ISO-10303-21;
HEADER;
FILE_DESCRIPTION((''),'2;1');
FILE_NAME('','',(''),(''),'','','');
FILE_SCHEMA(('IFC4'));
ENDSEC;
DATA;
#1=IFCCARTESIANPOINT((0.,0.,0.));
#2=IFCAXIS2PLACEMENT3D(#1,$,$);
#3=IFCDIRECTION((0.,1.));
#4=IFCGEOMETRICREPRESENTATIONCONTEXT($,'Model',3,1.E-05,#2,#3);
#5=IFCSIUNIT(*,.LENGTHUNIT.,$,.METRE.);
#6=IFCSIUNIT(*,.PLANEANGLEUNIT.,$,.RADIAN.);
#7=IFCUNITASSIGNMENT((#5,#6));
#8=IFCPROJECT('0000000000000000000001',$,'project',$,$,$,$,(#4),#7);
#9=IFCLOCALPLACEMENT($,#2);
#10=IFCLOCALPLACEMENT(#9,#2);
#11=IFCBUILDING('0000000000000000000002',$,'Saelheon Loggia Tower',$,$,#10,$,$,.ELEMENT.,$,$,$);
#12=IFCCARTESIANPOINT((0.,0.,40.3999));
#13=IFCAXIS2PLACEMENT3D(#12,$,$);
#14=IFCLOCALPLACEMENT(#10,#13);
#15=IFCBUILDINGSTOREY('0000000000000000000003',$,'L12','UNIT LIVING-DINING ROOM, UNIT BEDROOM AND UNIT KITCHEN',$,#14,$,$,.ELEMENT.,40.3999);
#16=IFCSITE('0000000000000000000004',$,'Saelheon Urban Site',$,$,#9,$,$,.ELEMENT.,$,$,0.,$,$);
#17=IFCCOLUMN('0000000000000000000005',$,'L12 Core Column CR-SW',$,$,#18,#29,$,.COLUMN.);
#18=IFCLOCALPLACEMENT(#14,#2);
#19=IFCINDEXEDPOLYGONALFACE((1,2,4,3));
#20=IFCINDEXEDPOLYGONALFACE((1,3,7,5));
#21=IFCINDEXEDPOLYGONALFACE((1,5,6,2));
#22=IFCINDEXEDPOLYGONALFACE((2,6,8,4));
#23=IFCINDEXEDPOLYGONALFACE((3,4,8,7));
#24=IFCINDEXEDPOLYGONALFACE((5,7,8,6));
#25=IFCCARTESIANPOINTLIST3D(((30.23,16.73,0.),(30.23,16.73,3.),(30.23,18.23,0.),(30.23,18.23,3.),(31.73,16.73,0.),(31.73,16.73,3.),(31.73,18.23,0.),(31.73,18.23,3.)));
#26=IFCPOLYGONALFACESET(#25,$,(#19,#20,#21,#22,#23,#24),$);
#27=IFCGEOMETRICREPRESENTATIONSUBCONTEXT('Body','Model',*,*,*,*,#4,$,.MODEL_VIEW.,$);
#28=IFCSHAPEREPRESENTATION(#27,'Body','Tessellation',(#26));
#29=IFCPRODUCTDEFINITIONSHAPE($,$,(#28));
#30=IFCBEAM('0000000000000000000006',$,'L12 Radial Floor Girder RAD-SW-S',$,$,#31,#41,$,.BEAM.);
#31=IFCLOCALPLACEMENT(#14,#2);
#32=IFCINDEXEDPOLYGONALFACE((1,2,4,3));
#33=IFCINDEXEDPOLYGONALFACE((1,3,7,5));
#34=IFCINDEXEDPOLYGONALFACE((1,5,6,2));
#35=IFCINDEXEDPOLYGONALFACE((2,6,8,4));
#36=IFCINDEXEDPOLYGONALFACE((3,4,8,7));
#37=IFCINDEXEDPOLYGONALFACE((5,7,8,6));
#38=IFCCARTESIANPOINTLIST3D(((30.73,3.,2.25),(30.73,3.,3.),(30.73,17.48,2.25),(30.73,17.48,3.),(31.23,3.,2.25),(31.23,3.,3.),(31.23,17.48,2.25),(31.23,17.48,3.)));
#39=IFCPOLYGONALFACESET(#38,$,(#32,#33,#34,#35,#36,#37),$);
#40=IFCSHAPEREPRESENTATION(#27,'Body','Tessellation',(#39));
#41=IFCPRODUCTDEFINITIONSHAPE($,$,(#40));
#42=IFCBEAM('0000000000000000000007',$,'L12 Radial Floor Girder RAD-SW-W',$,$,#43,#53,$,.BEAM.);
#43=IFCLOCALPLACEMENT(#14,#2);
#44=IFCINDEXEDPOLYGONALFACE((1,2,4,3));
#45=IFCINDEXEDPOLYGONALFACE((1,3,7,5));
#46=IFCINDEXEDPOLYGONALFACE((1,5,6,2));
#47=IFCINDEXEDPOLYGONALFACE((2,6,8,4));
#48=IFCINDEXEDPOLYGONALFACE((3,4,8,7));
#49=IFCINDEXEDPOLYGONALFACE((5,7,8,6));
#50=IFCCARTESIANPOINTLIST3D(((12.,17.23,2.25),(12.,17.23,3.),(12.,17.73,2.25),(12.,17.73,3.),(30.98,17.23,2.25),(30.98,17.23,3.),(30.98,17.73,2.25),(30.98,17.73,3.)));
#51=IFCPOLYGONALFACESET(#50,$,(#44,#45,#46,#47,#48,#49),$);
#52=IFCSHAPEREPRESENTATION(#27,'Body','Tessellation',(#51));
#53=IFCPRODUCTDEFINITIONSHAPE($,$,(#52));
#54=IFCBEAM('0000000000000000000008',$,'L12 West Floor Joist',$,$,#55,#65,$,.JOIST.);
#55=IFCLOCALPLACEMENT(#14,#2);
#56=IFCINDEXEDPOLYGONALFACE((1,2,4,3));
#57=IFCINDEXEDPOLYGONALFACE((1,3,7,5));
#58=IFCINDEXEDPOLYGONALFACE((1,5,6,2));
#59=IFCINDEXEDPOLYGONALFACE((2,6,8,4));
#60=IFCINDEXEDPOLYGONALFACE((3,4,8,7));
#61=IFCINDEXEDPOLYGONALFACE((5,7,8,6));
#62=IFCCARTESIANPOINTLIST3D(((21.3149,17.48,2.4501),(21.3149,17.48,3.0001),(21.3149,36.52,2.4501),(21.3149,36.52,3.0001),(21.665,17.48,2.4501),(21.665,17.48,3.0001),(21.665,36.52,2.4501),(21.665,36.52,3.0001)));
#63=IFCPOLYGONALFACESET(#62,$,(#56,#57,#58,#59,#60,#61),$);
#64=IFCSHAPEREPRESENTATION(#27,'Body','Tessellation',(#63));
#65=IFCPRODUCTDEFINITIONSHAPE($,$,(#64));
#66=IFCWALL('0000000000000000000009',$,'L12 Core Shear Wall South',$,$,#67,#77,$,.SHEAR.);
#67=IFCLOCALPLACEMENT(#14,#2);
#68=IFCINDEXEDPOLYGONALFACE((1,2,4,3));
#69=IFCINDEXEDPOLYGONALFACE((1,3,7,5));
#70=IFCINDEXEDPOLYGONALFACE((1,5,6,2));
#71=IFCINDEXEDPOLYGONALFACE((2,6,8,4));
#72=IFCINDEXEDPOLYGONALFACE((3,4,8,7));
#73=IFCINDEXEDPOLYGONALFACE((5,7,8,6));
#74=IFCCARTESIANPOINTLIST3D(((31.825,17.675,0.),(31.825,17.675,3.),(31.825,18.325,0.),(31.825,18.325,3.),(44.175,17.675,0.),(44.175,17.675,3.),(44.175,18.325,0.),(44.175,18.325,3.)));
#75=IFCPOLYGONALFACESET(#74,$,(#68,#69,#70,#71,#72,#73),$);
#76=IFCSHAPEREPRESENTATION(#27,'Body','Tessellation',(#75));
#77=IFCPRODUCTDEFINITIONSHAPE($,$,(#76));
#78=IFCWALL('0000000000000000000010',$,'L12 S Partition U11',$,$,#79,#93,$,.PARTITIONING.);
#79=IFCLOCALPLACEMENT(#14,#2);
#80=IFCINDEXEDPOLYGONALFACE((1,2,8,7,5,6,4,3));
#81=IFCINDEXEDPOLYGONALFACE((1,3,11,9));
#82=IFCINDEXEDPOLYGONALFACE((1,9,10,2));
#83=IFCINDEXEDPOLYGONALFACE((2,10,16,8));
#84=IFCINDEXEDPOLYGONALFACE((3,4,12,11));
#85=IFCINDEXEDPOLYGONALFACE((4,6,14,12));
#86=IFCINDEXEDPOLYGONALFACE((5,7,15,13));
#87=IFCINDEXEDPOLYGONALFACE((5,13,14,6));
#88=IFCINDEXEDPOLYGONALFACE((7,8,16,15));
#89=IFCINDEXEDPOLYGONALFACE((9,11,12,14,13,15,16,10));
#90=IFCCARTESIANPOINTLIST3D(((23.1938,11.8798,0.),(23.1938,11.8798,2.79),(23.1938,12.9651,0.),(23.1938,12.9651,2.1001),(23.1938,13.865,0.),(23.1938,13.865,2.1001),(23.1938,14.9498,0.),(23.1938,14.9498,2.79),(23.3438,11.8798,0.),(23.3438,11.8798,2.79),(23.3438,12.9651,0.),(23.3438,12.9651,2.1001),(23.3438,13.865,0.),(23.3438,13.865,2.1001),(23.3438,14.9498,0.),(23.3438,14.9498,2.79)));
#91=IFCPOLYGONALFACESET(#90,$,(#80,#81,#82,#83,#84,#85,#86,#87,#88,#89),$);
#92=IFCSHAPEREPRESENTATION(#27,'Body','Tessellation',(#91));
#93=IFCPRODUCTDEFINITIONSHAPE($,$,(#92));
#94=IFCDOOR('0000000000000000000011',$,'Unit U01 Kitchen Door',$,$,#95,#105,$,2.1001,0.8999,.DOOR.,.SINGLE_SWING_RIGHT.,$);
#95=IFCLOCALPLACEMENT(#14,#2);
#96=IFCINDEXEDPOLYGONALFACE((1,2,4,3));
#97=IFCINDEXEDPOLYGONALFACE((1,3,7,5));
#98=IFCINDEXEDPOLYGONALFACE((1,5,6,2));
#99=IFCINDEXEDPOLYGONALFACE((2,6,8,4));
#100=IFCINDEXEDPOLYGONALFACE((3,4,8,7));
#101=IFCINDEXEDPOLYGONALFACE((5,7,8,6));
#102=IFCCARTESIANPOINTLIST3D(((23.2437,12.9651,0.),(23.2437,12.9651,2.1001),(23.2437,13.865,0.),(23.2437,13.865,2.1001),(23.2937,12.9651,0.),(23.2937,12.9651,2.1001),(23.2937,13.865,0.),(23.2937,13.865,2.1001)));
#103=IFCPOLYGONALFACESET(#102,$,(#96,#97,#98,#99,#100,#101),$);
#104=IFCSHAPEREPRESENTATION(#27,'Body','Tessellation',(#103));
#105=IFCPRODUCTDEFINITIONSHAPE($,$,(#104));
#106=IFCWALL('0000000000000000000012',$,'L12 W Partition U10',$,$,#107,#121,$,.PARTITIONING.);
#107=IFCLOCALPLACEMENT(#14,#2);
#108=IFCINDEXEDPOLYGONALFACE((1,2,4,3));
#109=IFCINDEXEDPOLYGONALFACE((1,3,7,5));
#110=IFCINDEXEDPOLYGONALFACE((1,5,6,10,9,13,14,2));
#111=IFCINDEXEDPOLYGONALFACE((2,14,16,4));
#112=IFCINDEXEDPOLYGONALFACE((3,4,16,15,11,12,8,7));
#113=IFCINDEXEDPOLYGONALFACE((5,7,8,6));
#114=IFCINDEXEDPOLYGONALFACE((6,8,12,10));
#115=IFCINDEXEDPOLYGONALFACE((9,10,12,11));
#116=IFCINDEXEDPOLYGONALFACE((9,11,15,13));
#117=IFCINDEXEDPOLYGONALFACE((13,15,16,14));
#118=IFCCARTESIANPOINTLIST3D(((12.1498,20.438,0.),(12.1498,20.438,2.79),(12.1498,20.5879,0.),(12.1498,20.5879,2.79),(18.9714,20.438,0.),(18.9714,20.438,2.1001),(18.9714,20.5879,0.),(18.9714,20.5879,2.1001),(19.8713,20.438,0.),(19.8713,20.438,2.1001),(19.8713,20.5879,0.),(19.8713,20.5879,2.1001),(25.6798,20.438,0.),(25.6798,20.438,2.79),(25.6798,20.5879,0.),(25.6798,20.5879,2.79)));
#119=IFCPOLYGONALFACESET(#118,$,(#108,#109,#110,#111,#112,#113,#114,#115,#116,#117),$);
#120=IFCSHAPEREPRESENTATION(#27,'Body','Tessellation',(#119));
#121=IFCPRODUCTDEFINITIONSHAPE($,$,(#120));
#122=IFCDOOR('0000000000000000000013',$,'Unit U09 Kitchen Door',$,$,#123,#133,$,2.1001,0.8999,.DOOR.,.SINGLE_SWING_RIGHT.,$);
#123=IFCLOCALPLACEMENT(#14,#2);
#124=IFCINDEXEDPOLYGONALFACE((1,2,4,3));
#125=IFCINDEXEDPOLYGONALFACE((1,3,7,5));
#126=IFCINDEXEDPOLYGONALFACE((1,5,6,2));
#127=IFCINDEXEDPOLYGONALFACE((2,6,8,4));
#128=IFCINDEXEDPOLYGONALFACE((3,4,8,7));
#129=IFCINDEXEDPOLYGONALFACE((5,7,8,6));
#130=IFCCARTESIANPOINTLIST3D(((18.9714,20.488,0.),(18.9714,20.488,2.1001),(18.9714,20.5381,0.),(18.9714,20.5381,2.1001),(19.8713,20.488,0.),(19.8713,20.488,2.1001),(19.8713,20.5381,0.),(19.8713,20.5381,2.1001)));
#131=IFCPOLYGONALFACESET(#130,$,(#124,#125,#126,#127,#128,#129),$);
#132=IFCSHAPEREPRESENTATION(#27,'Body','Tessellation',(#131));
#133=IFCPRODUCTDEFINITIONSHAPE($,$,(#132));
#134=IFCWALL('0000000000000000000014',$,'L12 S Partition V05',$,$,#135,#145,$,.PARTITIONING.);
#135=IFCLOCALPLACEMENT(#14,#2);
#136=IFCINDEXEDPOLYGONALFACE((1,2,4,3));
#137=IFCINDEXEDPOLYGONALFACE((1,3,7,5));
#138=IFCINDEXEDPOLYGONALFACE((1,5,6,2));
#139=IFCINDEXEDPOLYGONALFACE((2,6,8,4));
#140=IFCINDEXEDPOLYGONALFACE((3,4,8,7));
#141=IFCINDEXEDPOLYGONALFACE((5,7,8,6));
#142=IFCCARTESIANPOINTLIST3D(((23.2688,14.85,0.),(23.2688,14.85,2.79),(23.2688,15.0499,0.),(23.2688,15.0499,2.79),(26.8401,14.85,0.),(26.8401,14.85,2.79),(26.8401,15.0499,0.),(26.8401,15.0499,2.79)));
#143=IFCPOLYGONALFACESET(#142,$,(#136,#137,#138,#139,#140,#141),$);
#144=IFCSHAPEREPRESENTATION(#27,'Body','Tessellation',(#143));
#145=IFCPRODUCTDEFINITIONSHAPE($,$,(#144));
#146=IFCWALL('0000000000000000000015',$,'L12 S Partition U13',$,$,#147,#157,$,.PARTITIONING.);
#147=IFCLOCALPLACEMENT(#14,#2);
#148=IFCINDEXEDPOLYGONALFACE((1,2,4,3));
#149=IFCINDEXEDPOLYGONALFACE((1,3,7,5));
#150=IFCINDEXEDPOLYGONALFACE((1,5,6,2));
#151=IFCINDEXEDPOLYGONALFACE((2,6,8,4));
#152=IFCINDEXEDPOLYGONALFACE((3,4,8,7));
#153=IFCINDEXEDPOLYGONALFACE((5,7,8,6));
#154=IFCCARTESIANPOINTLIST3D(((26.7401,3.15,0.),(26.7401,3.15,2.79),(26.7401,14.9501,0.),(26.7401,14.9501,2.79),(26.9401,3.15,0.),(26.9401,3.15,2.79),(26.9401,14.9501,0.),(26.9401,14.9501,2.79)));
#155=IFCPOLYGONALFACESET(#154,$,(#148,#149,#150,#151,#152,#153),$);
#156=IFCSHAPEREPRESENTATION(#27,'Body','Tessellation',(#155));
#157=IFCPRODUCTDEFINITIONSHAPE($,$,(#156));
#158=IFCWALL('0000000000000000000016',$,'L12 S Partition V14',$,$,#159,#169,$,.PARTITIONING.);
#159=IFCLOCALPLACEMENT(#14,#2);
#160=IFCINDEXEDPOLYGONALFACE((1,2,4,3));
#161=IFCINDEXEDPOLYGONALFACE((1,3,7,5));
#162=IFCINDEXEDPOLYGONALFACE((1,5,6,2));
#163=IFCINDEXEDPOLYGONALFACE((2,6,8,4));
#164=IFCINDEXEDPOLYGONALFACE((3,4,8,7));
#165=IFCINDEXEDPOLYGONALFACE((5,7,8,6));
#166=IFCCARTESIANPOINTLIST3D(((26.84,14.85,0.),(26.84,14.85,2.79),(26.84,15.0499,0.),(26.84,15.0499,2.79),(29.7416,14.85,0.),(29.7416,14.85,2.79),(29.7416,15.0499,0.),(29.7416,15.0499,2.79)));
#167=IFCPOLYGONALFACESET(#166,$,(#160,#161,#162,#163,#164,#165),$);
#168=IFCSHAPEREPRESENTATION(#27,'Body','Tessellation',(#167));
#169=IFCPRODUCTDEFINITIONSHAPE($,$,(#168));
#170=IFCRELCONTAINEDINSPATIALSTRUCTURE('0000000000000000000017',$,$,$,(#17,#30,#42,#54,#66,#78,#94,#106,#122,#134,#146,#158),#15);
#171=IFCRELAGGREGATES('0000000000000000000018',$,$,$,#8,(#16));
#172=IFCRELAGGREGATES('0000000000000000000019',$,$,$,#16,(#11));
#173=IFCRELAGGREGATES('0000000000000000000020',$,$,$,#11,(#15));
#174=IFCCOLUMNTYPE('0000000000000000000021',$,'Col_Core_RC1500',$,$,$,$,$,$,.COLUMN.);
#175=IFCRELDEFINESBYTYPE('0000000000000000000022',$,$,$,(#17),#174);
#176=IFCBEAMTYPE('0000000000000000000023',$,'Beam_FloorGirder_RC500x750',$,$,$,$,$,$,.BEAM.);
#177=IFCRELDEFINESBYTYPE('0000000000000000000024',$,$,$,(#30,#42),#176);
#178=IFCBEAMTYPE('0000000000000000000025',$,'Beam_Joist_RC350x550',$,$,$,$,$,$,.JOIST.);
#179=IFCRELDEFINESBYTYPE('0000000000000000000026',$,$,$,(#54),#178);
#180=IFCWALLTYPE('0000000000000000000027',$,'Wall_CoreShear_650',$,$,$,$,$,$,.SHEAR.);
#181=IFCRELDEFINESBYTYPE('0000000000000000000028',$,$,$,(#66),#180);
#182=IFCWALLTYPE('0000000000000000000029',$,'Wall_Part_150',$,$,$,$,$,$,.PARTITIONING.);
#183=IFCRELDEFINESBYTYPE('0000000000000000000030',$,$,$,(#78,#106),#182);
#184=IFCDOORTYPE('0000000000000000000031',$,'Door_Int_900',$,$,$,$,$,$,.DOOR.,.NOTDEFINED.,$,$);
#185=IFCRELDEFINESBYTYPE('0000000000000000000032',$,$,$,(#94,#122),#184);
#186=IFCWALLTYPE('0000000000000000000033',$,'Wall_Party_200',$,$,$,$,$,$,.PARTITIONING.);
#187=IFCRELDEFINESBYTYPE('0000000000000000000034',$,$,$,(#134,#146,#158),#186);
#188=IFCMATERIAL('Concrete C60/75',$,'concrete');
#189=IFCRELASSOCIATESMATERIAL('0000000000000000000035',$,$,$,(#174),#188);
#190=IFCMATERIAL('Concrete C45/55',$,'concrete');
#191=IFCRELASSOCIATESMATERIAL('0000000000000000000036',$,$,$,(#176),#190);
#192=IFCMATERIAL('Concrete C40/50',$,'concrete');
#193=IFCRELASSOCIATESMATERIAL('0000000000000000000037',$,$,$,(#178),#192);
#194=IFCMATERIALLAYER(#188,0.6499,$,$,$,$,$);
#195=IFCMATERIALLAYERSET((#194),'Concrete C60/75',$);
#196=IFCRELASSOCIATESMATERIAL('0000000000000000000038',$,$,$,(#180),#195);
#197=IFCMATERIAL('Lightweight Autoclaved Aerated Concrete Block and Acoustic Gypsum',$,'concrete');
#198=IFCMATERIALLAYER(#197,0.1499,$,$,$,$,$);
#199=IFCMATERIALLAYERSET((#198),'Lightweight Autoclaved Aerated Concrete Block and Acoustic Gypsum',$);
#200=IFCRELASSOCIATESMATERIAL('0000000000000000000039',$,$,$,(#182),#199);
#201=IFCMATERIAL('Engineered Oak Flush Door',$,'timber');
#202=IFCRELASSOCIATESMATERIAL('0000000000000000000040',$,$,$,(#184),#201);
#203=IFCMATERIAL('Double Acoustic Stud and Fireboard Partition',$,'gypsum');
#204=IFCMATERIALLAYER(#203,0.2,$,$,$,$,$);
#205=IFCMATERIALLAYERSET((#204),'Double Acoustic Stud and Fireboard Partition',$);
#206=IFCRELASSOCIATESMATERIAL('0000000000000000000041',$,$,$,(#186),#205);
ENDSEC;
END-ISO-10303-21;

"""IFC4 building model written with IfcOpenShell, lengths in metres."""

from ifc_helpers import new_model, si_unit, direction, frame, frame_2d, origin, origin_2d, place, context, subcontext, project, spatial, rectangle, extrude, source, transform, mapped, material, layer, layer_set, material_profile, profile_set, type_object, element, fill, save


model = new_model("IFC4")

# Units and contexts
model_context = context("Model", 3, precision=1e-05, world=origin(), true_north=direction((0.0, 1.0)))
body_context = subcontext(model_context, "Body", "Model", "MODEL_VIEW")
ifc_project = project(units=[si_unit("LENGTHUNIT", "METRE"), si_unit("PLANEANGLEUNIT", "RADIAN")], contexts=[model_context])

# Site, building, storey
site_placement = place(None, origin())
site = spatial("IfcSite", under=ifc_project, at=site_placement, Name="Saelheon Urban Site", CompositionType="ELEMENT", RefElevation=0.0)
building_placement = place(site_placement, origin())
building = spatial("IfcBuilding", under=site, at=building_placement, Name="Saelheon Loggia Tower", CompositionType="ELEMENT")
storey_placement = place(building_placement, frame((0.0, 0.0, 40.3999)))
storey = spatial("IfcBuildingStorey", under=building, at=storey_placement, Name="L12", Description="UNIT LIVING-DINING ROOM, UNIT BEDROOM AND UNIT KITCHEN", CompositionType="ELEMENT", Elevation=40.3999)

# Column
ifc_material_1 = material(Name="Concrete C60/75", Category="concrete")
ifc_material_profile_1 = material_profile(ifc_material_1, rectangle(XDim=1.5, YDim=1.5, at=origin_2d()), Name="RC-1500x1500")
ifc_profile_set_1 = profile_set([ifc_material_profile_1], Name="Concrete C60/75")
column_type = type_object("IfcColumnType", Name="Col_Core_RC1500", PredefinedType="COLUMN", material=ifc_profile_set_1)
shared_shape_1 = source(origin(), body_context, "Body", "SweptSolid", [
    extrude(rectangle(XDim=1.5, YDim=1.5, at=origin_2d()), origin(), (0.0, 0.0, 1.0), 3.0),
])
column_placement = place(storey_placement, frame((30.98, 17.48, 0.0), z_axis=(0.0, 0.0, 1.0), x_axis=(1.0, 0.0, 0.0)))
element("IfcColumn", 1, at=column_placement, inside=storey, type_object=column_type, Name="L12 Core Column CR-SW", PredefinedType="COLUMN", context=body_context, shape_type="MappedRepresentation", body=[
    mapped(shared_shape_1, transform((0.0, 0.0, 0.0), scale=1.0)),
])

# Beams
ifc_material_2 = material(Name="Concrete C45/55", Category="concrete")
ifc_material_profile_2 = material_profile(ifc_material_2, rectangle(XDim=0.5, YDim=0.75, at=origin_2d()), Name="RC-500x750")
ifc_profile_set_2 = profile_set([ifc_material_profile_2], Name="Concrete C45/55")
beam_type_1 = type_object("IfcBeamType", Name="Beam_FloorGirder_RC500x750", PredefinedType="BEAM", material=ifc_profile_set_2)
shared_shape_2 = source(origin(), body_context, "Body", "SweptSolid", [
    extrude(rectangle(XDim=0.5, YDim=0.75, at=origin_2d()), origin(), (0.0, 0.0, 1.0), 14.48),
])
beam_1_placement = place(storey_placement, frame((30.98, 17.48, 2.625), z_axis=(0.0, -1.0, 0.0), x_axis=(1.0, 0.0, 0.0)))
element("IfcBeam", 2, at=beam_1_placement, inside=storey, type_object=beam_type_1, Name="L12 Radial Floor Girder RAD-SW-S", PredefinedType="BEAM", context=body_context, shape_type="MappedRepresentation", body=[
    mapped(shared_shape_2, transform((0.0, 0.0, 0.0), scale=1.0)),
])
shared_shape_3 = source(origin(), body_context, "Body", "SweptSolid", [
    extrude(rectangle(XDim=0.5, YDim=0.75, at=origin_2d()), origin(), (0.0, 0.0, 1.0), 18.98),
])
beam_2_placement = place(storey_placement, frame((30.98, 17.48, 2.625), z_axis=(-1.0, 0.0, 0.0), x_axis=(0.0, -1.0, 0.0)))
element("IfcBeam", 3, at=beam_2_placement, inside=storey, type_object=beam_type_1, Name="L12 Radial Floor Girder RAD-SW-W", PredefinedType="BEAM", context=body_context, shape_type="MappedRepresentation", body=[
    mapped(shared_shape_3, transform((0.0, 0.0, 0.0), scale=1.0)),
])
ifc_material_3 = material(Name="Concrete C40/50", Category="concrete")
ifc_material_profile_3 = material_profile(ifc_material_3, rectangle(XDim=0.3501, YDim=0.55, at=origin_2d()), Name="RC-350x550")
ifc_profile_set_3 = profile_set([ifc_material_profile_3], Name="Concrete C40/50")
beam_type_2 = type_object("IfcBeamType", Name="Beam_Joist_RC350x550", PredefinedType="JOIST", material=ifc_profile_set_3)
shared_shape_4 = source(origin(), body_context, "Body", "SweptSolid", [
    extrude(rectangle(XDim=0.3501, YDim=0.55, at=origin_2d()), origin(), (0.0, 0.0, 1.0), 19.04),
])
beam_3_placement = place(storey_placement, frame((21.49, 17.48, 2.7251), z_axis=(0.0, 1.0, 0.0), x_axis=(-1.0, 0.0, 0.0)))
element("IfcBeam", 4, at=beam_3_placement, inside=storey, type_object=beam_type_2, Name="L12 West Floor Joist", PredefinedType="JOIST", context=body_context, shape_type="MappedRepresentation", body=[
    mapped(shared_shape_4, transform((0.0, 0.0, 0.0), scale=1.0)),
])

# Shared definitions
ifc_layer_1 = layer(ifc_material_1, 0.6499)
ifc_layer_set_1 = layer_set([ifc_layer_1], Name="Concrete C60/75")
wall_type_1 = type_object("IfcWallType", Name="Wall_CoreShear_650", PredefinedType="SHEAR", material=ifc_layer_set_1)

# Wall
wall_1_placement = place(storey_placement, frame((31.825, 18.0, 0.0), z_axis=(0.0, 0.0, 1.0), x_axis=(1.0, 0.0, 0.0)))
element("IfcWall", 5, at=wall_1_placement, inside=storey, type_object=wall_type_1, Name="L12 Core Shear Wall South", PredefinedType="SHEAR", context=body_context, shape_type="SweptSolid", body=[
    extrude(rectangle(XDim=12.3501, YDim=0.6499, at=frame_2d((6.175, 0.0))), origin(), (0.0, 0.0, 1.0), 3.0),
])

# Walls, openings, doors
ifc_material_4 = material(Name="Lightweight Autoclaved Aerated Concrete Block and Acoustic Gypsum", Category="concrete")
ifc_layer_2 = layer(ifc_material_4, 0.1499)
ifc_layer_set_2 = layer_set([ifc_layer_2], Name="Lightweight Autoclaved Aerated Concrete Block and Acoustic Gypsum")
wall_type_2 = type_object("IfcWallType", Name="Wall_Part_150", PredefinedType="PARTITIONING", material=ifc_layer_set_2)
wall_2_placement = place(storey_placement, frame((23.2688, 14.95, 0.0), z_axis=(0.0, 0.0, 1.0), x_axis=(0.0, -1.0, 0.0)))
wall_2 = element("IfcWall", 6, at=wall_2_placement, inside=storey, type_object=wall_type_2, Name="L12 S Partition U11", PredefinedType="PARTITIONING", context=body_context, shape_type="SweptSolid", body=[
    extrude(rectangle(XDim=3.0701, YDim=0.1499, at=frame_2d((1.5352, 0.0))), origin(), (0.0, 0.0, 1.0), 2.79),
])
opening_1_placement = place(wall_2_placement, frame((1.085, 0.0, 0.0)))
opening_1 = element("IfcOpeningElement", 7, at=opening_1_placement, cuts=wall_2, PredefinedType="OPENING", context=body_context, shape_type="SweptSolid", body=[
    extrude(rectangle(XDim=0.8999, YDim=2.1001, at=frame_2d((0.45, 1.05))), frame((0.0, 0.0869, 0.0), z_axis=(0.0, -1.0, 0.0), x_axis=(1.0, 0.0, 0.0)), (0.0, 0.0, 1.0), 0.1738),
])
ifc_material_5 = material(Name="Engineered Oak Flush Door", Category="timber")
door_type_1 = type_object("IfcDoorType", Name="Door_Int_900", OperationType="NOTDEFINED", PredefinedType="DOOR", material=ifc_material_5)
shared_shape_5 = source(origin(), body_context, "Body", "SweptSolid", [
    extrude(rectangle(XDim=0.8999, YDim=2.1001, at=frame_2d((0.45, 1.05))), frame((0.0, 0.0249, 0.0), z_axis=(0.0, -1.0, 0.0), x_axis=(1.0, 0.0, 0.0)), (0.0, 0.0, 1.0), 0.05),
])
door_1_placement = place(opening_1_placement, origin())
door_1 = element("IfcDoor", 8, at=door_1_placement, inside=storey, type_object=door_type_1, Name="Unit U01 Kitchen Door", OperationType="SINGLE_SWING_RIGHT", OverallHeight=2.1001, OverallWidth=0.8999, PredefinedType="DOOR", context=body_context, shape_type="MappedRepresentation", body=[
    mapped(shared_shape_5, transform((0.0, 0.0, 0.0), scale=1.0)),
])
fill(opening_1, door_1)
wall_3_placement = place(storey_placement, frame((25.6799, 20.5129, 0.0), z_axis=(0.0, 0.0, 1.0), x_axis=(-1.0, 0.0, 0.0)))
wall_3 = element("IfcWall", 9, at=wall_3_placement, inside=storey, type_object=wall_type_2, Name="L12 W Partition U10", PredefinedType="PARTITIONING", context=body_context, shape_type="SweptSolid", body=[
    extrude(rectangle(XDim=13.53, YDim=0.1499, at=frame_2d((6.7651, 0.0))), origin(), (0.0, 0.0, 1.0), 2.79),
])
opening_2_placement = place(wall_3_placement, frame((5.8086, 0.0, 0.0)))
opening_2 = element("IfcOpeningElement", 10, at=opening_2_placement, cuts=wall_3, PredefinedType="OPENING", context=body_context, shape_type="SweptSolid", body=[
    extrude(rectangle(XDim=0.8999, YDim=2.1001, at=frame_2d((0.45, 1.05))), frame((0.0, 0.0869, 0.0), z_axis=(0.0, -1.0, 0.0), x_axis=(1.0, 0.0, 0.0)), (0.0, 0.0, 1.0), 0.1738),
])
door_2_placement = place(opening_2_placement, origin())
door_2 = element("IfcDoor", 11, at=door_2_placement, inside=storey, type_object=door_type_1, Name="Unit U09 Kitchen Door", OperationType="SINGLE_SWING_RIGHT", OverallHeight=2.1001, OverallWidth=0.8999, PredefinedType="DOOR", context=body_context, shape_type="MappedRepresentation", body=[
    mapped(shared_shape_5, transform((0.0, 0.0, 0.0), scale=1.0)),
])
fill(opening_2, door_2)

# Walls
ifc_material_6 = material(Name="Double Acoustic Stud and Fireboard Partition", Category="gypsum")
ifc_layer_3 = layer(ifc_material_6, 0.2)
ifc_layer_set_3 = layer_set([ifc_layer_3], Name="Double Acoustic Stud and Fireboard Partition")
wall_type_3 = type_object("IfcWallType", Name="Wall_Party_200", PredefinedType="PARTITIONING", material=ifc_layer_set_3)
wall_4_placement = place(storey_placement, frame((23.2688, 14.95, 0.0), z_axis=(0.0, 0.0, 1.0), x_axis=(1.0, 0.0, 0.0)))
element("IfcWall", 12, at=wall_4_placement, inside=storey, type_object=wall_type_3, Name="L12 S Partition V05", PredefinedType="PARTITIONING", context=body_context, shape_type="SweptSolid", body=[
    extrude(rectangle(XDim=3.5713, YDim=0.2, at=frame_2d((1.7856, 0.0))), origin(), (0.0, 0.0, 1.0), 2.79),
])
wall_5_placement = place(storey_placement, frame((26.8401, 14.95, 0.0), z_axis=(0.0, 0.0, 1.0), x_axis=(0.0, -1.0, 0.0)))
element("IfcWall", 13, at=wall_5_placement, inside=storey, type_object=wall_type_3, Name="L12 S Partition U13", PredefinedType="PARTITIONING", context=body_context, shape_type="SweptSolid", body=[
    extrude(rectangle(XDim=11.8, YDim=0.2, at=frame_2d((5.8999, 0.0))), origin(), (0.0, 0.0, 1.0), 2.79),
])
wall_6_placement = place(storey_placement, frame((26.8401, 14.95, 0.0), z_axis=(0.0, 0.0, 1.0), x_axis=(1.0, 0.0, 0.0)))
element("IfcWall", 14, at=wall_6_placement, inside=storey, type_object=wall_type_3, Name="L12 S Partition V14", PredefinedType="PARTITIONING", context=body_context, shape_type="SweptSolid", body=[
    extrude(rectangle(XDim=2.9016, YDim=0.2, at=frame_2d((1.4507, 0.0))), origin(), (0.0, 0.0, 1.0), 2.79),
])

save(model, "model.ifc")
